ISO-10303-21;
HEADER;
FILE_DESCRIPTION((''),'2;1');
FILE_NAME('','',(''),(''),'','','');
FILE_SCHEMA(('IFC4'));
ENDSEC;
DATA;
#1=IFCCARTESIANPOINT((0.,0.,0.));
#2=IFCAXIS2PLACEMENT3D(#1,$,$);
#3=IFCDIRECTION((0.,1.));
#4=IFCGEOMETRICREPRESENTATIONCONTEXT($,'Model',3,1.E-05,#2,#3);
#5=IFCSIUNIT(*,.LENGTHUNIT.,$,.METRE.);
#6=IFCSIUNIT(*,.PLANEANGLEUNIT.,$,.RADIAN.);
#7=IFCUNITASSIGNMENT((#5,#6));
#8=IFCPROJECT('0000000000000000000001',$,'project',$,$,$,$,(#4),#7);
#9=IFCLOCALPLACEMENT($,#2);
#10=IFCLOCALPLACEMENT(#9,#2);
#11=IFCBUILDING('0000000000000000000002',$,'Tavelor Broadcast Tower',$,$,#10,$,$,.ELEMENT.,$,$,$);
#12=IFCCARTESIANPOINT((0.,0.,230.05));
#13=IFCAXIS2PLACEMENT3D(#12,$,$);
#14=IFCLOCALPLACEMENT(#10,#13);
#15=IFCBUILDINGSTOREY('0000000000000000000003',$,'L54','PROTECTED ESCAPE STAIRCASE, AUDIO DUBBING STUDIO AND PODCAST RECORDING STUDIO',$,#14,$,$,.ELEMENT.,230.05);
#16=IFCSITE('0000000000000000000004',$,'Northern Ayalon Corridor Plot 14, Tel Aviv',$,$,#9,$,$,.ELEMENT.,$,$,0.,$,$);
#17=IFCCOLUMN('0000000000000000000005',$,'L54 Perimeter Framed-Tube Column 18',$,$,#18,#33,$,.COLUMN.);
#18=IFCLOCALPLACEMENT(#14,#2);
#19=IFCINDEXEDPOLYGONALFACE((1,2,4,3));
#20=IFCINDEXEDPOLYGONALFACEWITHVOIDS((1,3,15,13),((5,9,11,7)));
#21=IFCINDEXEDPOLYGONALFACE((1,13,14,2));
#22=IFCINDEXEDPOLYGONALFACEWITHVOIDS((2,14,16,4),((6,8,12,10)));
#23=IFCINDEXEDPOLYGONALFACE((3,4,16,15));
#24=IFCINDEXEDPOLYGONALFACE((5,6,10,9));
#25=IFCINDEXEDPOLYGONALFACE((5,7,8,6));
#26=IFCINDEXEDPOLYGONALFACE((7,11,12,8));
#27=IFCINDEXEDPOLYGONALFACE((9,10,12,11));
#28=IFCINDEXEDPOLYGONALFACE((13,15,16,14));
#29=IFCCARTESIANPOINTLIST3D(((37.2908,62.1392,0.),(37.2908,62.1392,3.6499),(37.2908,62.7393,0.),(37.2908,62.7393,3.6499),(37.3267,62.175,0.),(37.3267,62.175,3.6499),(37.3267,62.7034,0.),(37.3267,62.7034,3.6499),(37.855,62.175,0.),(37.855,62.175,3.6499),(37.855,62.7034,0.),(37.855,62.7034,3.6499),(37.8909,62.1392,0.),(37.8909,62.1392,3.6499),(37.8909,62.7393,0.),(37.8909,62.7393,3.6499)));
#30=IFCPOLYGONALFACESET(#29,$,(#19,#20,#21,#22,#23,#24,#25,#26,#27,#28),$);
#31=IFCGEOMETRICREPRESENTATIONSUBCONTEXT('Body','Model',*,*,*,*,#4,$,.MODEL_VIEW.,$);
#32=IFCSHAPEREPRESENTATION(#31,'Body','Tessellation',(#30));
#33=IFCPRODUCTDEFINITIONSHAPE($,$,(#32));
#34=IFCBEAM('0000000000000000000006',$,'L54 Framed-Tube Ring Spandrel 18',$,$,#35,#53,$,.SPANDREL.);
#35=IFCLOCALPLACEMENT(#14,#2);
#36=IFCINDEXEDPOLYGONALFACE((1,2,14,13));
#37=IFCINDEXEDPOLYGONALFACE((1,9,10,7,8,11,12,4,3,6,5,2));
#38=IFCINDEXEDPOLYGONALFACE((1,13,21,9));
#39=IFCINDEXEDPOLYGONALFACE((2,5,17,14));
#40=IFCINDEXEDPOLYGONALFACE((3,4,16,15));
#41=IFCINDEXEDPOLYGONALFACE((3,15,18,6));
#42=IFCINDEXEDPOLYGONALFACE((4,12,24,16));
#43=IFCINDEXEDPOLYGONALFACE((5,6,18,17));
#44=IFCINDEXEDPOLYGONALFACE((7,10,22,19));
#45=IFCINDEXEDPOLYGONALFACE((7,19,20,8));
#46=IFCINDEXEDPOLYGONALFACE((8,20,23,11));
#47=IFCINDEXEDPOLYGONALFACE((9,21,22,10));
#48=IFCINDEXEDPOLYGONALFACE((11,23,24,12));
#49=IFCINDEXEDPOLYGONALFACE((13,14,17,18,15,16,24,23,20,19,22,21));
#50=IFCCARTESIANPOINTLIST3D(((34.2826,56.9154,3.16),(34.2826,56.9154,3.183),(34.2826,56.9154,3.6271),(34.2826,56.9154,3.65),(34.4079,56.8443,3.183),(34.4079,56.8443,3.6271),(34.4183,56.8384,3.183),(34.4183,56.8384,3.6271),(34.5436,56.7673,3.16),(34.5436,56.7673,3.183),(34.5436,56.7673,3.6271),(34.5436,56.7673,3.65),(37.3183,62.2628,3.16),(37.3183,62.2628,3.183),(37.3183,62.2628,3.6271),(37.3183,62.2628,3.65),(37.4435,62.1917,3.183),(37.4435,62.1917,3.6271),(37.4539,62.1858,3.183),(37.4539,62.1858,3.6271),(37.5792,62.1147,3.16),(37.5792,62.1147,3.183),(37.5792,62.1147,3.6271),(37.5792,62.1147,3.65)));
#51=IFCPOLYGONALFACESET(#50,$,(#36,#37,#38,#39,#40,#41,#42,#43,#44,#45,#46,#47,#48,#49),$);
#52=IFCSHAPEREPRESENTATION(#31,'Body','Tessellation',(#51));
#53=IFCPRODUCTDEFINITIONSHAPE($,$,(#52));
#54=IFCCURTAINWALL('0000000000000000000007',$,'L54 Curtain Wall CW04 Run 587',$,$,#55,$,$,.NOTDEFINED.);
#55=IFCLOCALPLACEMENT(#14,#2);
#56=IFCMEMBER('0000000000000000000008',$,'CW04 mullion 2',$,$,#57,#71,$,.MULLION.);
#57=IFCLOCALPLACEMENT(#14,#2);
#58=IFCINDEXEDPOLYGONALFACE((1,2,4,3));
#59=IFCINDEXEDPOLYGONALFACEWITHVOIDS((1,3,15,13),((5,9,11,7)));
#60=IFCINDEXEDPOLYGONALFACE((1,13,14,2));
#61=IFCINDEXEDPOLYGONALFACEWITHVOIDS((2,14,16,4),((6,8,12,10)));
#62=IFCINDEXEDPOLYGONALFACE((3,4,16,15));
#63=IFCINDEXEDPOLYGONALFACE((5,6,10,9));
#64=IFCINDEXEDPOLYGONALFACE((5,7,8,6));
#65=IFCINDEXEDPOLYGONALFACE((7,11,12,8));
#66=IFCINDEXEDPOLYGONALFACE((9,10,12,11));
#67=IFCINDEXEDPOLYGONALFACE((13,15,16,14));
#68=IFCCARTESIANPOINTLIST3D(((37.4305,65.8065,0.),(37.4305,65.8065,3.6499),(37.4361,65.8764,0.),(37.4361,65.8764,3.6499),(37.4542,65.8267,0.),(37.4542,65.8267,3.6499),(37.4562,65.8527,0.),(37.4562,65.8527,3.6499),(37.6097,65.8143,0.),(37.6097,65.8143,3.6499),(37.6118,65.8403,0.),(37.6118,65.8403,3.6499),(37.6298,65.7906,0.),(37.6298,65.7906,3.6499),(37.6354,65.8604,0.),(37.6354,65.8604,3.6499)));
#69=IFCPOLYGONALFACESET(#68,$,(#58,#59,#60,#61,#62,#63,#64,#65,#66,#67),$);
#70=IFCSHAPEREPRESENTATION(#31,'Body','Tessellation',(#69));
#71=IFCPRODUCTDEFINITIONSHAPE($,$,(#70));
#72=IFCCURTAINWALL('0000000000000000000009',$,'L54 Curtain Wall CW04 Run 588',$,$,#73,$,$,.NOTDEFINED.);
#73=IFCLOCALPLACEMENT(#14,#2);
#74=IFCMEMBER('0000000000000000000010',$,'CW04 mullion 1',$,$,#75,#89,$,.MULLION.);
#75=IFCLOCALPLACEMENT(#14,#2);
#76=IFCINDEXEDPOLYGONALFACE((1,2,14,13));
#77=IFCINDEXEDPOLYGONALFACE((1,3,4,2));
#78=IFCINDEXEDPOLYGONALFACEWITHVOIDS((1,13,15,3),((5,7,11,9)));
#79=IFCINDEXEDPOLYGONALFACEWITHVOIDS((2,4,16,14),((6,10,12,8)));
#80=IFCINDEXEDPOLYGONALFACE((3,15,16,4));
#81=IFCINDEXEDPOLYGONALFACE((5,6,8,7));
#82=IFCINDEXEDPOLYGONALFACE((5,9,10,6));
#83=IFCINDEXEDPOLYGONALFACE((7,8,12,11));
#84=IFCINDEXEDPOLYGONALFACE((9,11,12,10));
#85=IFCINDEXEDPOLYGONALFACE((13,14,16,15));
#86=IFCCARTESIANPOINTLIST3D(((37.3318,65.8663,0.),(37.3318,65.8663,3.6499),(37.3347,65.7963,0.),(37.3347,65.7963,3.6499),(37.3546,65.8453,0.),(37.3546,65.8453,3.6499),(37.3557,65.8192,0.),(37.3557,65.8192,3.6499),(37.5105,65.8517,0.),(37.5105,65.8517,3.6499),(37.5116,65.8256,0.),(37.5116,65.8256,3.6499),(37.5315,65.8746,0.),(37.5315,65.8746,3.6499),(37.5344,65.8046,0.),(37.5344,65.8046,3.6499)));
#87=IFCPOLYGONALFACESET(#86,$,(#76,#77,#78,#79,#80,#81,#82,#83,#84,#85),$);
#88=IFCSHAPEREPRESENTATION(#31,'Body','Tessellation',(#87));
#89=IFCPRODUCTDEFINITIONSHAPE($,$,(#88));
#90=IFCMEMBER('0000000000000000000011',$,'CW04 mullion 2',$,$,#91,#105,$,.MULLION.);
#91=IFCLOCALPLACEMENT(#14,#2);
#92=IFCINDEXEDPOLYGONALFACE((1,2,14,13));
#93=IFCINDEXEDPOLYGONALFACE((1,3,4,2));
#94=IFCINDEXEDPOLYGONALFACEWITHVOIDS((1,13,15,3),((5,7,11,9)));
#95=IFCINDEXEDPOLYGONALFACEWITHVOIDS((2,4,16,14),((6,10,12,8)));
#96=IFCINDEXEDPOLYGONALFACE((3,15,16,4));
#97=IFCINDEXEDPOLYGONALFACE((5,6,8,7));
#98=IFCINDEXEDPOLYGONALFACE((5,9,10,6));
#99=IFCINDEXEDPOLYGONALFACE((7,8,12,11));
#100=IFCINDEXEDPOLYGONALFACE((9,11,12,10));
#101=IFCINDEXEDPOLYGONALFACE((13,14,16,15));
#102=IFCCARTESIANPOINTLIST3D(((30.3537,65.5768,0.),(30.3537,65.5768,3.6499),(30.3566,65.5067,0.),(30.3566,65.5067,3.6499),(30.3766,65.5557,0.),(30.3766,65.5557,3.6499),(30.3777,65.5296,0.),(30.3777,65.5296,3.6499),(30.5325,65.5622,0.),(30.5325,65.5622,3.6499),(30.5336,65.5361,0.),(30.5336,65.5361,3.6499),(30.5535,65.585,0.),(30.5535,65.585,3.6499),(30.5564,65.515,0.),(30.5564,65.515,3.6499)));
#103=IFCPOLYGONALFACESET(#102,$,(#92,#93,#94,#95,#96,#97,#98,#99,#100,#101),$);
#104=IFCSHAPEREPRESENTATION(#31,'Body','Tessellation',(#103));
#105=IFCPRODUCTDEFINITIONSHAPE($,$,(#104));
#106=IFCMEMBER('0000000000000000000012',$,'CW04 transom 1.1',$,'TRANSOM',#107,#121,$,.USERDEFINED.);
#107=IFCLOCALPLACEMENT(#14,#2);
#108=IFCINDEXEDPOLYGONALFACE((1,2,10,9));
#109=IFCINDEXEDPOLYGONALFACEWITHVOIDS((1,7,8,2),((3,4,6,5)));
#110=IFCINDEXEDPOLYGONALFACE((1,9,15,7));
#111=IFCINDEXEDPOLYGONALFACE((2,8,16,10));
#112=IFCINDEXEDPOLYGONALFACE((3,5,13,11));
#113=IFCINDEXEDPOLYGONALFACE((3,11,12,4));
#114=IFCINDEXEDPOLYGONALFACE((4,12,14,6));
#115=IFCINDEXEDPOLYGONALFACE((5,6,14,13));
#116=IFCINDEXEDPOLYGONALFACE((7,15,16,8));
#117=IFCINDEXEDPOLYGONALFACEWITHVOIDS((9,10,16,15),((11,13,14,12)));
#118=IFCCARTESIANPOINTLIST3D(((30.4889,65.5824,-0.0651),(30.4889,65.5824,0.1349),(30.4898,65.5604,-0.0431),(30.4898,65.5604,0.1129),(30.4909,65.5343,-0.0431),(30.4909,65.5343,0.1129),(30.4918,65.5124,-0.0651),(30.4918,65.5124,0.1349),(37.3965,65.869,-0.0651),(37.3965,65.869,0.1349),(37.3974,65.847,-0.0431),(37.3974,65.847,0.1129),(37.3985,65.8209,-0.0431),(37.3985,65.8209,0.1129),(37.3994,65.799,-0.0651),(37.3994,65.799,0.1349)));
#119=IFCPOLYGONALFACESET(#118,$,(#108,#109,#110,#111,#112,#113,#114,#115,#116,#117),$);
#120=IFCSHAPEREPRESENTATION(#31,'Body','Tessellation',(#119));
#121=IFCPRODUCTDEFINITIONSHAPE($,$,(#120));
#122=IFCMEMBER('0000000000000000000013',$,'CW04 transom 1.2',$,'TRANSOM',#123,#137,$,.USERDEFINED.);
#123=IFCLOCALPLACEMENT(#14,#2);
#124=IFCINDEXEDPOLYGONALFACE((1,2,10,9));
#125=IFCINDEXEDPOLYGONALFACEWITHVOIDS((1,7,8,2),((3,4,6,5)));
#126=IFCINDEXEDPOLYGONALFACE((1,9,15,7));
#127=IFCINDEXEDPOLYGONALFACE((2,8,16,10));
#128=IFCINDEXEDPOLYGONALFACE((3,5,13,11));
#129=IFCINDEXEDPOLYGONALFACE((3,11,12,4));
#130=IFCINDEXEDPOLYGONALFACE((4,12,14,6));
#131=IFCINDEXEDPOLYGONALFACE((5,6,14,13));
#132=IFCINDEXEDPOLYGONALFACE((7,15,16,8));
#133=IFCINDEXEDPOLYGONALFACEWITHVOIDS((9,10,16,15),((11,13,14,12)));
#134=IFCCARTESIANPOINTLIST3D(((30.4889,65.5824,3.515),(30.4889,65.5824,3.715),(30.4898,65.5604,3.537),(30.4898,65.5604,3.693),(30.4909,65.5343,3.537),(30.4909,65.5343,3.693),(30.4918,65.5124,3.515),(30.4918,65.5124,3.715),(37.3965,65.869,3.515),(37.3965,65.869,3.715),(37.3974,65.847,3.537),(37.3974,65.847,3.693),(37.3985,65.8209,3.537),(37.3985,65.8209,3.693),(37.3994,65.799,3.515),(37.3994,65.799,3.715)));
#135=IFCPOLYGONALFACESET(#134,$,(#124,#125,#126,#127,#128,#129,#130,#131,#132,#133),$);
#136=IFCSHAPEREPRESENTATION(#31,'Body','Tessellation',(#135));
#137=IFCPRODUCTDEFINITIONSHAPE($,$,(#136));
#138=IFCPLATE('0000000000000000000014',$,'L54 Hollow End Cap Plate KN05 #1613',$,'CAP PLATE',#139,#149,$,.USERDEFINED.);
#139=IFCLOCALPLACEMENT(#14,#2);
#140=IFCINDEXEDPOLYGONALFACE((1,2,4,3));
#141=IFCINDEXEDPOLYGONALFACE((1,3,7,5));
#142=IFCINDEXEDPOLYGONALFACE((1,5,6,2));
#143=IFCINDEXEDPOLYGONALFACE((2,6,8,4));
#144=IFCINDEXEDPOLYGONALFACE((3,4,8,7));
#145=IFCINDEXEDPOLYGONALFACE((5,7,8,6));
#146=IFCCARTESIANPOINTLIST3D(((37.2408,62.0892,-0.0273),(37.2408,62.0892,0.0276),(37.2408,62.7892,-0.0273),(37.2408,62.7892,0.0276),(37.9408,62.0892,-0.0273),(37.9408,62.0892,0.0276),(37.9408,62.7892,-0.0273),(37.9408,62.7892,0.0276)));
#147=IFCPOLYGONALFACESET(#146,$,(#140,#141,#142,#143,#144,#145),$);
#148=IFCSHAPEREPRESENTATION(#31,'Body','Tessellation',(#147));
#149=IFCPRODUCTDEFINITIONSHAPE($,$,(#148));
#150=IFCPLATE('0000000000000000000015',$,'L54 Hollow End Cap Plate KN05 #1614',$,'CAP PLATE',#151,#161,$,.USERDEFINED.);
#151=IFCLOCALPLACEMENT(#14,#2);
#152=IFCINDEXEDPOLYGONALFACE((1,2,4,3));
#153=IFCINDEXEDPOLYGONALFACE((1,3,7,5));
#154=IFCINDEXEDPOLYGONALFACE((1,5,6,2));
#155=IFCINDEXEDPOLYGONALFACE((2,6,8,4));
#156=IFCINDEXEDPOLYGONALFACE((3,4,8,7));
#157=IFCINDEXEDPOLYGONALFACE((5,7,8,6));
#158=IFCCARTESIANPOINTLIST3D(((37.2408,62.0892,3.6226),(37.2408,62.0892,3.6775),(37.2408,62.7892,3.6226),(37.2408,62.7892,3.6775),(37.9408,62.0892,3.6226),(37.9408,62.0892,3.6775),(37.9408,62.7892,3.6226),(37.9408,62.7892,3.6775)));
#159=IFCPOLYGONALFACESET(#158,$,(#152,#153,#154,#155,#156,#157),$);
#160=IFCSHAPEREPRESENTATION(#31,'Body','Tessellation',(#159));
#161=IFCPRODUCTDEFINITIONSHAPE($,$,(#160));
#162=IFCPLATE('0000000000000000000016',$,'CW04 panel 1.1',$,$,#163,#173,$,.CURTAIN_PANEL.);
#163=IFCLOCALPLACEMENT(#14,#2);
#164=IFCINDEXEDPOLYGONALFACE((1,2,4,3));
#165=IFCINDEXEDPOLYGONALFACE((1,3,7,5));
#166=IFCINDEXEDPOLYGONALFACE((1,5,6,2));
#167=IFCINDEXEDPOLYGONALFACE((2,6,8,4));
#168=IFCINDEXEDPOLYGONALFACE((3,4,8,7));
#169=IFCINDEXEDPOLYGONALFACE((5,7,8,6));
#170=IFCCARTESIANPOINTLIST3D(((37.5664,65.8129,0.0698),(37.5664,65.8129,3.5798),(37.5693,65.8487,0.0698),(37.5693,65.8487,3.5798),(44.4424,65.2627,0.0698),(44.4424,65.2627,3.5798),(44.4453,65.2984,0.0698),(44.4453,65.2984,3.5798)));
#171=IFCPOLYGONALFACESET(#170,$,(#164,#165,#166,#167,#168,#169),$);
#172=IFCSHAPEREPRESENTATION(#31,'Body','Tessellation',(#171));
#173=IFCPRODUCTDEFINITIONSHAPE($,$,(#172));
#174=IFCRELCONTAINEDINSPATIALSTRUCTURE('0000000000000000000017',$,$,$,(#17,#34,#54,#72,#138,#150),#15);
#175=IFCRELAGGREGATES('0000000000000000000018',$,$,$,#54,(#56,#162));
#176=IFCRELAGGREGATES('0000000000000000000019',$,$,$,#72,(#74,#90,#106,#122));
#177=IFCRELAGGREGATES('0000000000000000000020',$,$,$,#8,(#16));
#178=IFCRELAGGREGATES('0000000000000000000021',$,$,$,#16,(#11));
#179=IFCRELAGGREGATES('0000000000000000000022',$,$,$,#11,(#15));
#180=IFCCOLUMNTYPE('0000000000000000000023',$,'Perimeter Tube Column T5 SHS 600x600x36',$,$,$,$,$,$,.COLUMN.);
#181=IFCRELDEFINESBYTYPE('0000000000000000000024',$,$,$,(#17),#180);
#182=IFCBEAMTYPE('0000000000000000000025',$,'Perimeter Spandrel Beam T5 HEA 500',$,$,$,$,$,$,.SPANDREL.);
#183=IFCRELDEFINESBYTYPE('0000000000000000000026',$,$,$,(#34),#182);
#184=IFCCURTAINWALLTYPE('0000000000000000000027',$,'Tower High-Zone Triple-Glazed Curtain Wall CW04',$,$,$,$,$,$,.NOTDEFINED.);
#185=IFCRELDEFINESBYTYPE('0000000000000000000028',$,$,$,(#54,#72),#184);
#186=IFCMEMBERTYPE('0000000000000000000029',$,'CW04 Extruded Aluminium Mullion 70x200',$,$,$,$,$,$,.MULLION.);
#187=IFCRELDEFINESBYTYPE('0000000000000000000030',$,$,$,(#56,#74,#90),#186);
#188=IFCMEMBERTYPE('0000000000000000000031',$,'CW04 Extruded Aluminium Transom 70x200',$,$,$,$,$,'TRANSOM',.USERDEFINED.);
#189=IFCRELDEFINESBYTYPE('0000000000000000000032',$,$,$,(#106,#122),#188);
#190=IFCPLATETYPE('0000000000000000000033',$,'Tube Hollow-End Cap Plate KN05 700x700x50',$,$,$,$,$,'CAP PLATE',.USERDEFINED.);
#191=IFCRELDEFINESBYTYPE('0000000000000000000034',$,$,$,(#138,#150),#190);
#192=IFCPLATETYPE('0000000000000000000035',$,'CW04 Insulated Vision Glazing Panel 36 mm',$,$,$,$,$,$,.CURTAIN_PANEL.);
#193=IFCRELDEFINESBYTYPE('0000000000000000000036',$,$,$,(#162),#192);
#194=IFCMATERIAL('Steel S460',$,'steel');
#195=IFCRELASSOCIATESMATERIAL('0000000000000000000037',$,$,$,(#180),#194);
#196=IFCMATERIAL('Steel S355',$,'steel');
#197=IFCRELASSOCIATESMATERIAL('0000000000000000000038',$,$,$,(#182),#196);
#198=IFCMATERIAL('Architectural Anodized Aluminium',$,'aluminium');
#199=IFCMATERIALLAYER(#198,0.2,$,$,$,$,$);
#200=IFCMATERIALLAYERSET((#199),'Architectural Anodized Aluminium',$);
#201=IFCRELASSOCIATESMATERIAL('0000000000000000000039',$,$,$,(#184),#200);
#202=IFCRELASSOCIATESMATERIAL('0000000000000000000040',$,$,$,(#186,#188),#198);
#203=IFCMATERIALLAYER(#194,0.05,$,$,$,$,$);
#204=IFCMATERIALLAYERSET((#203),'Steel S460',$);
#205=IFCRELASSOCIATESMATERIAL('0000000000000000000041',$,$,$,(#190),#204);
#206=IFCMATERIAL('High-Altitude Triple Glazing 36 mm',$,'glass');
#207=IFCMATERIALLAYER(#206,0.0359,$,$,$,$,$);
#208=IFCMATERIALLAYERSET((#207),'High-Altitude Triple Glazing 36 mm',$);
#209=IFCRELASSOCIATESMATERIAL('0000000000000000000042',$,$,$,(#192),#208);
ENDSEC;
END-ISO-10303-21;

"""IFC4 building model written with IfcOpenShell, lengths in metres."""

from ifc_helpers import new_model, si_unit, direction, frame, origin, origin_2d, place, context, subcontext, project, spatial, rectangle, hollow_rectangle, i_section, extrude, source, transform, mapped, material, layer, layer_set, material_profile, profile_set, type_object, type_shapes, element, aggregate, save


model = new_model("IFC4")

# Units and contexts
model_context = context("Model", 3, precision=1e-05, world=origin(), true_north=direction((0.0, 1.0)))
body_context = subcontext(model_context, "Body", "Model", "MODEL_VIEW")
ifc_project = project(units=[si_unit("LENGTHUNIT", "METRE"), si_unit("PLANEANGLEUNIT", "RADIAN")], contexts=[model_context])

# Site, building, storey
site_placement = place(None, origin())
site = spatial("IfcSite", under=ifc_project, at=site_placement, Name="Northern Ayalon Corridor Plot 14, Tel Aviv", CompositionType="ELEMENT", RefElevation=0.0)
building_placement = place(site_placement, origin())
building = spatial("IfcBuilding", under=site, at=building_placement, Name="Tavelor Broadcast Tower", CompositionType="ELEMENT")
storey_placement = place(building_placement, frame((0.0, 0.0, 230.05)))
storey = spatial("IfcBuildingStorey", under=building, at=storey_placement, Name="L54", Description="PROTECTED ESCAPE STAIRCASE, AUDIO DUBBING STUDIO AND PODCAST RECORDING STUDIO", CompositionType="ELEMENT", Elevation=230.05)

# Column
ifc_material_1 = material(Name="Steel S460", Category="steel")
ifc_material_profile_1 = material_profile(ifc_material_1, hollow_rectangle(XDim=0.6001, YDim=0.6001, WallThickness=0.0359, at=origin_2d()), Name="SHS 600x600x36")
ifc_profile_set_1 = profile_set([ifc_material_profile_1], Name="Steel S460")
column_type = type_object("IfcColumnType", Name="Perimeter Tube Column T5 SHS 600x600x36", PredefinedType="COLUMN", material=ifc_profile_set_1)
column_placement = place(storey_placement, frame((37.5908, 62.4392, 0.0), z_axis=(0.0, 0.0, 1.0), x_axis=(1.0, 0.0, 0.0)))
element("IfcColumn", 1, at=column_placement, inside=storey, type_object=column_type, Name="L54 Perimeter Framed-Tube Column 18", PredefinedType="COLUMN", context=body_context, shape_type="SweptSolid", body=[
    extrude(hollow_rectangle(XDim=0.6001, YDim=0.6001, WallThickness=0.0359, at=origin_2d()), origin(), (0.0, 0.0, 1.0), 3.6499),
])

# Beam
ifc_material_2 = material(Name="Steel S355", Category="steel")
ifc_material_profile_2 = material_profile(ifc_material_2, i_section(OverallWidth=0.3, OverallDepth=0.49, WebThickness=0.012, FlangeThickness=0.0229, at=origin_2d()), Name="HEA 500")
ifc_profile_set_2 = profile_set([ifc_material_profile_2], Name="Steel S355")
beam_type = type_object("IfcBeamType", Name="Perimeter Spandrel Beam T5 HEA 500", PredefinedType="SPANDREL", material=ifc_profile_set_2)
beam_placement = place(storey_placement, frame((37.4487, 62.1887, 3.405), z_axis=(-0.493683, -0.869642, 0.0), x_axis=(0.869642, -0.493683, 0.0)))
element("IfcBeam", 2, at=beam_placement, inside=storey, type_object=beam_type, Name="L54 Framed-Tube Ring Spandrel 18", PredefinedType="SPANDREL", context=body_context, shape_type="SweptSolid", body=[
    extrude(i_section(OverallWidth=0.3, OverallDepth=0.49, WebThickness=0.012, FlangeThickness=0.0229, at=origin_2d()), origin(), (0.0, 0.0, 1.0), 6.1489),
])

# Curtain wall, member
ifc_material_3 = material(Name="Architectural Anodized Aluminium", Category="aluminium")
ifc_layer_1 = layer(ifc_material_3, 0.2)
ifc_layer_set_1 = layer_set([ifc_layer_1], Name="Architectural Anodized Aluminium")
curtain_wall_type = type_object("IfcCurtainWallType", Name="Tower High-Zone Triple-Glazed Curtain Wall CW04", PredefinedType="NOTDEFINED", material=ifc_layer_set_1)
curtain_wall_1_placement = place(storey_placement, origin())
curtain_wall_1 = element("IfcCurtainWall", 3, at=curtain_wall_1_placement, inside=storey, type_object=curtain_wall_type, Name="L54 Curtain Wall CW04 Run 587", PredefinedType="NOTDEFINED")
ifc_material_profile_3 = material_profile(ifc_material_3, hollow_rectangle(XDim=0.0701, YDim=0.2, WallThickness=0.022, at=origin_2d()), Name="RHS 70x200x22")
ifc_profile_set_3 = profile_set([ifc_material_profile_3], Name="Architectural Anodized Aluminium")
member_type_1 = type_object("IfcMemberType", Name="CW04 Extruded Aluminium Mullion 70x200", PredefinedType="MULLION", material=ifc_profile_set_3)
shared_shape_1 = source(origin(), body_context, "Body", "SweptSolid", [
    extrude(hollow_rectangle(XDim=0.0701, YDim=0.2, WallThickness=0.022, at=origin_2d()), origin(), (0.0, 0.0, 1.0), 3.6499),
])
type_shapes(member_type_1, [shared_shape_1])
member_1_placement = place(storey_placement, frame((37.533, 65.8335, 0.0), z_axis=(0.0, 0.0, 1.0), x_axis=(-0.079768, -0.996813, 0.0)))
member_1 = element("IfcMember", 4, at=member_1_placement, type_object=member_type_1, Name="CW04 mullion 2", PredefinedType="MULLION", context=body_context, shape_type="MappedRepresentation", body=[
    mapped(shared_shape_1, transform((0.0, 0.0, 0.0), scale=1.0)),
])

# Curtain wall, members
curtain_wall_2_placement = place(storey_placement, origin())
curtain_wall_2 = element("IfcCurtainWall", 5, at=curtain_wall_2_placement, inside=storey, type_object=curtain_wall_type, Name="L54 Curtain Wall CW04 Run 588", PredefinedType="NOTDEFINED")
member_2_placement = place(storey_placement, frame((37.4331, 65.8354, 0.0), z_axis=(0.0, 0.0, 1.0), x_axis=(0.041467, -0.99914, 0.0)))
member_2 = element("IfcMember", 6, at=member_2_placement, type_object=member_type_1, Name="CW04 mullion 1", PredefinedType="MULLION", context=body_context, shape_type="MappedRepresentation", body=[
    mapped(shared_shape_1, transform((0.0, 0.0, 0.0), scale=1.0)),
])
member_3_placement = place(storey_placement, frame((30.4551, 65.5459, 0.0), z_axis=(0.0, 0.0, 1.0), x_axis=(0.041467, -0.99914, 0.0)))
member_3 = element("IfcMember", 7, at=member_3_placement, type_object=member_type_1, Name="CW04 mullion 2", PredefinedType="MULLION", context=body_context, shape_type="MappedRepresentation", body=[
    mapped(shared_shape_1, transform((0.0, 0.0, 0.0), scale=1.0)),
])
ifc_material_profile_4 = material_profile(ifc_material_3, hollow_rectangle(XDim=0.0701, YDim=0.2, WallThickness=0.022, at=origin_2d()), Name="RHS 70x200x22")
ifc_profile_set_4 = profile_set([ifc_material_profile_4], Name="Architectural Anodized Aluminium")
member_type_2 = type_object("IfcMemberType", Name="CW04 Extruded Aluminium Transom 70x200", ElementType="TRANSOM", PredefinedType="USERDEFINED", material=ifc_profile_set_4)
shared_shape_2 = source(origin(), body_context, "Body", "SweptSolid", [
    extrude(hollow_rectangle(XDim=0.0701, YDim=0.2, WallThickness=0.022, at=origin_2d()), origin(), (0.0, 0.0, 1.0), 6.9136),
])
type_shapes(member_type_2, [shared_shape_2])
member_4_placement = place(storey_placement, frame((37.3979, 65.834, 0.0349), z_axis=(-0.99914, -0.041457, 0.0), x_axis=(0.041457, -0.99914, 0.0)))
member_4 = element("IfcMember", 8, at=member_4_placement, type_object=member_type_2, Name="CW04 transom 1.1", ObjectType="TRANSOM", PredefinedType="USERDEFINED", context=body_context, shape_type="MappedRepresentation", body=[
    mapped(shared_shape_2, transform((0.0, 0.0, 0.0), scale=1.0)),
])
member_5_placement = place(storey_placement, frame((37.3979, 65.834, 3.615), z_axis=(-0.99914, -0.041457, 0.0), x_axis=(0.041457, -0.99914, 0.0)))
member_5 = element("IfcMember", 9, at=member_5_placement, type_object=member_type_2, Name="CW04 transom 1.2", ObjectType="TRANSOM", PredefinedType="USERDEFINED", context=body_context, shape_type="MappedRepresentation", body=[
    mapped(shared_shape_2, transform((0.0, 0.0, 0.0), scale=1.0)),
])

# Plates
ifc_layer_2 = layer(ifc_material_1, 0.05)
ifc_layer_set_2 = layer_set([ifc_layer_2], Name="Steel S460")
plate_type_1 = type_object("IfcPlateType", Name="Tube Hollow-End Cap Plate KN05 700x700x50", ElementType="CAP PLATE", PredefinedType="USERDEFINED", material=ifc_layer_set_2)
shared_shape_3 = source(origin(), body_context, "Body", "SweptSolid", [
    extrude(rectangle(XDim=0.7, YDim=0.7, at=origin_2d()), origin(), (0.0, 0.0, 1.0), 0.0549),
])
type_shapes(plate_type_1, [shared_shape_3])
for number, where, z_axis, x_axis, name in (
    (10, (37.5908, 62.4392, -0.0273), (0.0, 0.0, 1.0), (1.0, 0.0, 0.0), "L54 Hollow End Cap Plate KN05 #1613"),
    (11, (37.5908, 62.4392, 3.6226), (0.0, 0.0, 1.0), (1.0, 0.0, 0.0), "L54 Hollow End Cap Plate KN05 #1614"),
):
    element("IfcPlate", number, at=place(storey_placement, frame(where, z_axis=z_axis, x_axis=x_axis)), inside=storey, type_object=plate_type_1, Name=name, ObjectType="CAP PLATE", PredefinedType="USERDEFINED", context=body_context, shape_type="MappedRepresentation", body=[
        mapped(shared_shape_3, transform((0.0, 0.0, 0.0), scale=1.0)),
    ])

# Plate
ifc_material_4 = material(Name="High-Altitude Triple Glazing 36 mm", Category="glass")
ifc_layer_3 = layer(ifc_material_4, 0.0359)
ifc_layer_set_3 = layer_set([ifc_layer_3], Name="High-Altitude Triple Glazing 36 mm")
plate_type_2 = type_object("IfcPlateType", Name="CW04 Insulated Vision Glazing Panel 36 mm", PredefinedType="CURTAIN_PANEL", material=ifc_layer_set_3)
shared_shape_4 = source(origin(), body_context, "Body", "SweptSolid", [
    extrude(rectangle(XDim=6.8979, YDim=0.0359, at=origin_2d()), origin(), (0.0, 0.0, 1.0), 3.51),
])
plate_1_placement = place(storey_placement, frame((41.0059, 65.5557, 0.0698), z_axis=(0.0, 0.0, 1.0), x_axis=(-0.996813, 0.079768, 0.0)))
plate_1 = element("IfcPlate", 12, at=plate_1_placement, type_object=plate_type_2, Name="CW04 panel 1.1", PredefinedType="CURTAIN_PANEL", context=body_context, shape_type="MappedRepresentation", body=[
    mapped(shared_shape_4, transform((0.0, 0.0, 0.0), scale=1.0)),
])
aggregate(curtain_wall_1, [member_1, plate_1])
aggregate(curtain_wall_2, [member_2, member_3, member_4, member_5])

save(model, "model.ifc")
